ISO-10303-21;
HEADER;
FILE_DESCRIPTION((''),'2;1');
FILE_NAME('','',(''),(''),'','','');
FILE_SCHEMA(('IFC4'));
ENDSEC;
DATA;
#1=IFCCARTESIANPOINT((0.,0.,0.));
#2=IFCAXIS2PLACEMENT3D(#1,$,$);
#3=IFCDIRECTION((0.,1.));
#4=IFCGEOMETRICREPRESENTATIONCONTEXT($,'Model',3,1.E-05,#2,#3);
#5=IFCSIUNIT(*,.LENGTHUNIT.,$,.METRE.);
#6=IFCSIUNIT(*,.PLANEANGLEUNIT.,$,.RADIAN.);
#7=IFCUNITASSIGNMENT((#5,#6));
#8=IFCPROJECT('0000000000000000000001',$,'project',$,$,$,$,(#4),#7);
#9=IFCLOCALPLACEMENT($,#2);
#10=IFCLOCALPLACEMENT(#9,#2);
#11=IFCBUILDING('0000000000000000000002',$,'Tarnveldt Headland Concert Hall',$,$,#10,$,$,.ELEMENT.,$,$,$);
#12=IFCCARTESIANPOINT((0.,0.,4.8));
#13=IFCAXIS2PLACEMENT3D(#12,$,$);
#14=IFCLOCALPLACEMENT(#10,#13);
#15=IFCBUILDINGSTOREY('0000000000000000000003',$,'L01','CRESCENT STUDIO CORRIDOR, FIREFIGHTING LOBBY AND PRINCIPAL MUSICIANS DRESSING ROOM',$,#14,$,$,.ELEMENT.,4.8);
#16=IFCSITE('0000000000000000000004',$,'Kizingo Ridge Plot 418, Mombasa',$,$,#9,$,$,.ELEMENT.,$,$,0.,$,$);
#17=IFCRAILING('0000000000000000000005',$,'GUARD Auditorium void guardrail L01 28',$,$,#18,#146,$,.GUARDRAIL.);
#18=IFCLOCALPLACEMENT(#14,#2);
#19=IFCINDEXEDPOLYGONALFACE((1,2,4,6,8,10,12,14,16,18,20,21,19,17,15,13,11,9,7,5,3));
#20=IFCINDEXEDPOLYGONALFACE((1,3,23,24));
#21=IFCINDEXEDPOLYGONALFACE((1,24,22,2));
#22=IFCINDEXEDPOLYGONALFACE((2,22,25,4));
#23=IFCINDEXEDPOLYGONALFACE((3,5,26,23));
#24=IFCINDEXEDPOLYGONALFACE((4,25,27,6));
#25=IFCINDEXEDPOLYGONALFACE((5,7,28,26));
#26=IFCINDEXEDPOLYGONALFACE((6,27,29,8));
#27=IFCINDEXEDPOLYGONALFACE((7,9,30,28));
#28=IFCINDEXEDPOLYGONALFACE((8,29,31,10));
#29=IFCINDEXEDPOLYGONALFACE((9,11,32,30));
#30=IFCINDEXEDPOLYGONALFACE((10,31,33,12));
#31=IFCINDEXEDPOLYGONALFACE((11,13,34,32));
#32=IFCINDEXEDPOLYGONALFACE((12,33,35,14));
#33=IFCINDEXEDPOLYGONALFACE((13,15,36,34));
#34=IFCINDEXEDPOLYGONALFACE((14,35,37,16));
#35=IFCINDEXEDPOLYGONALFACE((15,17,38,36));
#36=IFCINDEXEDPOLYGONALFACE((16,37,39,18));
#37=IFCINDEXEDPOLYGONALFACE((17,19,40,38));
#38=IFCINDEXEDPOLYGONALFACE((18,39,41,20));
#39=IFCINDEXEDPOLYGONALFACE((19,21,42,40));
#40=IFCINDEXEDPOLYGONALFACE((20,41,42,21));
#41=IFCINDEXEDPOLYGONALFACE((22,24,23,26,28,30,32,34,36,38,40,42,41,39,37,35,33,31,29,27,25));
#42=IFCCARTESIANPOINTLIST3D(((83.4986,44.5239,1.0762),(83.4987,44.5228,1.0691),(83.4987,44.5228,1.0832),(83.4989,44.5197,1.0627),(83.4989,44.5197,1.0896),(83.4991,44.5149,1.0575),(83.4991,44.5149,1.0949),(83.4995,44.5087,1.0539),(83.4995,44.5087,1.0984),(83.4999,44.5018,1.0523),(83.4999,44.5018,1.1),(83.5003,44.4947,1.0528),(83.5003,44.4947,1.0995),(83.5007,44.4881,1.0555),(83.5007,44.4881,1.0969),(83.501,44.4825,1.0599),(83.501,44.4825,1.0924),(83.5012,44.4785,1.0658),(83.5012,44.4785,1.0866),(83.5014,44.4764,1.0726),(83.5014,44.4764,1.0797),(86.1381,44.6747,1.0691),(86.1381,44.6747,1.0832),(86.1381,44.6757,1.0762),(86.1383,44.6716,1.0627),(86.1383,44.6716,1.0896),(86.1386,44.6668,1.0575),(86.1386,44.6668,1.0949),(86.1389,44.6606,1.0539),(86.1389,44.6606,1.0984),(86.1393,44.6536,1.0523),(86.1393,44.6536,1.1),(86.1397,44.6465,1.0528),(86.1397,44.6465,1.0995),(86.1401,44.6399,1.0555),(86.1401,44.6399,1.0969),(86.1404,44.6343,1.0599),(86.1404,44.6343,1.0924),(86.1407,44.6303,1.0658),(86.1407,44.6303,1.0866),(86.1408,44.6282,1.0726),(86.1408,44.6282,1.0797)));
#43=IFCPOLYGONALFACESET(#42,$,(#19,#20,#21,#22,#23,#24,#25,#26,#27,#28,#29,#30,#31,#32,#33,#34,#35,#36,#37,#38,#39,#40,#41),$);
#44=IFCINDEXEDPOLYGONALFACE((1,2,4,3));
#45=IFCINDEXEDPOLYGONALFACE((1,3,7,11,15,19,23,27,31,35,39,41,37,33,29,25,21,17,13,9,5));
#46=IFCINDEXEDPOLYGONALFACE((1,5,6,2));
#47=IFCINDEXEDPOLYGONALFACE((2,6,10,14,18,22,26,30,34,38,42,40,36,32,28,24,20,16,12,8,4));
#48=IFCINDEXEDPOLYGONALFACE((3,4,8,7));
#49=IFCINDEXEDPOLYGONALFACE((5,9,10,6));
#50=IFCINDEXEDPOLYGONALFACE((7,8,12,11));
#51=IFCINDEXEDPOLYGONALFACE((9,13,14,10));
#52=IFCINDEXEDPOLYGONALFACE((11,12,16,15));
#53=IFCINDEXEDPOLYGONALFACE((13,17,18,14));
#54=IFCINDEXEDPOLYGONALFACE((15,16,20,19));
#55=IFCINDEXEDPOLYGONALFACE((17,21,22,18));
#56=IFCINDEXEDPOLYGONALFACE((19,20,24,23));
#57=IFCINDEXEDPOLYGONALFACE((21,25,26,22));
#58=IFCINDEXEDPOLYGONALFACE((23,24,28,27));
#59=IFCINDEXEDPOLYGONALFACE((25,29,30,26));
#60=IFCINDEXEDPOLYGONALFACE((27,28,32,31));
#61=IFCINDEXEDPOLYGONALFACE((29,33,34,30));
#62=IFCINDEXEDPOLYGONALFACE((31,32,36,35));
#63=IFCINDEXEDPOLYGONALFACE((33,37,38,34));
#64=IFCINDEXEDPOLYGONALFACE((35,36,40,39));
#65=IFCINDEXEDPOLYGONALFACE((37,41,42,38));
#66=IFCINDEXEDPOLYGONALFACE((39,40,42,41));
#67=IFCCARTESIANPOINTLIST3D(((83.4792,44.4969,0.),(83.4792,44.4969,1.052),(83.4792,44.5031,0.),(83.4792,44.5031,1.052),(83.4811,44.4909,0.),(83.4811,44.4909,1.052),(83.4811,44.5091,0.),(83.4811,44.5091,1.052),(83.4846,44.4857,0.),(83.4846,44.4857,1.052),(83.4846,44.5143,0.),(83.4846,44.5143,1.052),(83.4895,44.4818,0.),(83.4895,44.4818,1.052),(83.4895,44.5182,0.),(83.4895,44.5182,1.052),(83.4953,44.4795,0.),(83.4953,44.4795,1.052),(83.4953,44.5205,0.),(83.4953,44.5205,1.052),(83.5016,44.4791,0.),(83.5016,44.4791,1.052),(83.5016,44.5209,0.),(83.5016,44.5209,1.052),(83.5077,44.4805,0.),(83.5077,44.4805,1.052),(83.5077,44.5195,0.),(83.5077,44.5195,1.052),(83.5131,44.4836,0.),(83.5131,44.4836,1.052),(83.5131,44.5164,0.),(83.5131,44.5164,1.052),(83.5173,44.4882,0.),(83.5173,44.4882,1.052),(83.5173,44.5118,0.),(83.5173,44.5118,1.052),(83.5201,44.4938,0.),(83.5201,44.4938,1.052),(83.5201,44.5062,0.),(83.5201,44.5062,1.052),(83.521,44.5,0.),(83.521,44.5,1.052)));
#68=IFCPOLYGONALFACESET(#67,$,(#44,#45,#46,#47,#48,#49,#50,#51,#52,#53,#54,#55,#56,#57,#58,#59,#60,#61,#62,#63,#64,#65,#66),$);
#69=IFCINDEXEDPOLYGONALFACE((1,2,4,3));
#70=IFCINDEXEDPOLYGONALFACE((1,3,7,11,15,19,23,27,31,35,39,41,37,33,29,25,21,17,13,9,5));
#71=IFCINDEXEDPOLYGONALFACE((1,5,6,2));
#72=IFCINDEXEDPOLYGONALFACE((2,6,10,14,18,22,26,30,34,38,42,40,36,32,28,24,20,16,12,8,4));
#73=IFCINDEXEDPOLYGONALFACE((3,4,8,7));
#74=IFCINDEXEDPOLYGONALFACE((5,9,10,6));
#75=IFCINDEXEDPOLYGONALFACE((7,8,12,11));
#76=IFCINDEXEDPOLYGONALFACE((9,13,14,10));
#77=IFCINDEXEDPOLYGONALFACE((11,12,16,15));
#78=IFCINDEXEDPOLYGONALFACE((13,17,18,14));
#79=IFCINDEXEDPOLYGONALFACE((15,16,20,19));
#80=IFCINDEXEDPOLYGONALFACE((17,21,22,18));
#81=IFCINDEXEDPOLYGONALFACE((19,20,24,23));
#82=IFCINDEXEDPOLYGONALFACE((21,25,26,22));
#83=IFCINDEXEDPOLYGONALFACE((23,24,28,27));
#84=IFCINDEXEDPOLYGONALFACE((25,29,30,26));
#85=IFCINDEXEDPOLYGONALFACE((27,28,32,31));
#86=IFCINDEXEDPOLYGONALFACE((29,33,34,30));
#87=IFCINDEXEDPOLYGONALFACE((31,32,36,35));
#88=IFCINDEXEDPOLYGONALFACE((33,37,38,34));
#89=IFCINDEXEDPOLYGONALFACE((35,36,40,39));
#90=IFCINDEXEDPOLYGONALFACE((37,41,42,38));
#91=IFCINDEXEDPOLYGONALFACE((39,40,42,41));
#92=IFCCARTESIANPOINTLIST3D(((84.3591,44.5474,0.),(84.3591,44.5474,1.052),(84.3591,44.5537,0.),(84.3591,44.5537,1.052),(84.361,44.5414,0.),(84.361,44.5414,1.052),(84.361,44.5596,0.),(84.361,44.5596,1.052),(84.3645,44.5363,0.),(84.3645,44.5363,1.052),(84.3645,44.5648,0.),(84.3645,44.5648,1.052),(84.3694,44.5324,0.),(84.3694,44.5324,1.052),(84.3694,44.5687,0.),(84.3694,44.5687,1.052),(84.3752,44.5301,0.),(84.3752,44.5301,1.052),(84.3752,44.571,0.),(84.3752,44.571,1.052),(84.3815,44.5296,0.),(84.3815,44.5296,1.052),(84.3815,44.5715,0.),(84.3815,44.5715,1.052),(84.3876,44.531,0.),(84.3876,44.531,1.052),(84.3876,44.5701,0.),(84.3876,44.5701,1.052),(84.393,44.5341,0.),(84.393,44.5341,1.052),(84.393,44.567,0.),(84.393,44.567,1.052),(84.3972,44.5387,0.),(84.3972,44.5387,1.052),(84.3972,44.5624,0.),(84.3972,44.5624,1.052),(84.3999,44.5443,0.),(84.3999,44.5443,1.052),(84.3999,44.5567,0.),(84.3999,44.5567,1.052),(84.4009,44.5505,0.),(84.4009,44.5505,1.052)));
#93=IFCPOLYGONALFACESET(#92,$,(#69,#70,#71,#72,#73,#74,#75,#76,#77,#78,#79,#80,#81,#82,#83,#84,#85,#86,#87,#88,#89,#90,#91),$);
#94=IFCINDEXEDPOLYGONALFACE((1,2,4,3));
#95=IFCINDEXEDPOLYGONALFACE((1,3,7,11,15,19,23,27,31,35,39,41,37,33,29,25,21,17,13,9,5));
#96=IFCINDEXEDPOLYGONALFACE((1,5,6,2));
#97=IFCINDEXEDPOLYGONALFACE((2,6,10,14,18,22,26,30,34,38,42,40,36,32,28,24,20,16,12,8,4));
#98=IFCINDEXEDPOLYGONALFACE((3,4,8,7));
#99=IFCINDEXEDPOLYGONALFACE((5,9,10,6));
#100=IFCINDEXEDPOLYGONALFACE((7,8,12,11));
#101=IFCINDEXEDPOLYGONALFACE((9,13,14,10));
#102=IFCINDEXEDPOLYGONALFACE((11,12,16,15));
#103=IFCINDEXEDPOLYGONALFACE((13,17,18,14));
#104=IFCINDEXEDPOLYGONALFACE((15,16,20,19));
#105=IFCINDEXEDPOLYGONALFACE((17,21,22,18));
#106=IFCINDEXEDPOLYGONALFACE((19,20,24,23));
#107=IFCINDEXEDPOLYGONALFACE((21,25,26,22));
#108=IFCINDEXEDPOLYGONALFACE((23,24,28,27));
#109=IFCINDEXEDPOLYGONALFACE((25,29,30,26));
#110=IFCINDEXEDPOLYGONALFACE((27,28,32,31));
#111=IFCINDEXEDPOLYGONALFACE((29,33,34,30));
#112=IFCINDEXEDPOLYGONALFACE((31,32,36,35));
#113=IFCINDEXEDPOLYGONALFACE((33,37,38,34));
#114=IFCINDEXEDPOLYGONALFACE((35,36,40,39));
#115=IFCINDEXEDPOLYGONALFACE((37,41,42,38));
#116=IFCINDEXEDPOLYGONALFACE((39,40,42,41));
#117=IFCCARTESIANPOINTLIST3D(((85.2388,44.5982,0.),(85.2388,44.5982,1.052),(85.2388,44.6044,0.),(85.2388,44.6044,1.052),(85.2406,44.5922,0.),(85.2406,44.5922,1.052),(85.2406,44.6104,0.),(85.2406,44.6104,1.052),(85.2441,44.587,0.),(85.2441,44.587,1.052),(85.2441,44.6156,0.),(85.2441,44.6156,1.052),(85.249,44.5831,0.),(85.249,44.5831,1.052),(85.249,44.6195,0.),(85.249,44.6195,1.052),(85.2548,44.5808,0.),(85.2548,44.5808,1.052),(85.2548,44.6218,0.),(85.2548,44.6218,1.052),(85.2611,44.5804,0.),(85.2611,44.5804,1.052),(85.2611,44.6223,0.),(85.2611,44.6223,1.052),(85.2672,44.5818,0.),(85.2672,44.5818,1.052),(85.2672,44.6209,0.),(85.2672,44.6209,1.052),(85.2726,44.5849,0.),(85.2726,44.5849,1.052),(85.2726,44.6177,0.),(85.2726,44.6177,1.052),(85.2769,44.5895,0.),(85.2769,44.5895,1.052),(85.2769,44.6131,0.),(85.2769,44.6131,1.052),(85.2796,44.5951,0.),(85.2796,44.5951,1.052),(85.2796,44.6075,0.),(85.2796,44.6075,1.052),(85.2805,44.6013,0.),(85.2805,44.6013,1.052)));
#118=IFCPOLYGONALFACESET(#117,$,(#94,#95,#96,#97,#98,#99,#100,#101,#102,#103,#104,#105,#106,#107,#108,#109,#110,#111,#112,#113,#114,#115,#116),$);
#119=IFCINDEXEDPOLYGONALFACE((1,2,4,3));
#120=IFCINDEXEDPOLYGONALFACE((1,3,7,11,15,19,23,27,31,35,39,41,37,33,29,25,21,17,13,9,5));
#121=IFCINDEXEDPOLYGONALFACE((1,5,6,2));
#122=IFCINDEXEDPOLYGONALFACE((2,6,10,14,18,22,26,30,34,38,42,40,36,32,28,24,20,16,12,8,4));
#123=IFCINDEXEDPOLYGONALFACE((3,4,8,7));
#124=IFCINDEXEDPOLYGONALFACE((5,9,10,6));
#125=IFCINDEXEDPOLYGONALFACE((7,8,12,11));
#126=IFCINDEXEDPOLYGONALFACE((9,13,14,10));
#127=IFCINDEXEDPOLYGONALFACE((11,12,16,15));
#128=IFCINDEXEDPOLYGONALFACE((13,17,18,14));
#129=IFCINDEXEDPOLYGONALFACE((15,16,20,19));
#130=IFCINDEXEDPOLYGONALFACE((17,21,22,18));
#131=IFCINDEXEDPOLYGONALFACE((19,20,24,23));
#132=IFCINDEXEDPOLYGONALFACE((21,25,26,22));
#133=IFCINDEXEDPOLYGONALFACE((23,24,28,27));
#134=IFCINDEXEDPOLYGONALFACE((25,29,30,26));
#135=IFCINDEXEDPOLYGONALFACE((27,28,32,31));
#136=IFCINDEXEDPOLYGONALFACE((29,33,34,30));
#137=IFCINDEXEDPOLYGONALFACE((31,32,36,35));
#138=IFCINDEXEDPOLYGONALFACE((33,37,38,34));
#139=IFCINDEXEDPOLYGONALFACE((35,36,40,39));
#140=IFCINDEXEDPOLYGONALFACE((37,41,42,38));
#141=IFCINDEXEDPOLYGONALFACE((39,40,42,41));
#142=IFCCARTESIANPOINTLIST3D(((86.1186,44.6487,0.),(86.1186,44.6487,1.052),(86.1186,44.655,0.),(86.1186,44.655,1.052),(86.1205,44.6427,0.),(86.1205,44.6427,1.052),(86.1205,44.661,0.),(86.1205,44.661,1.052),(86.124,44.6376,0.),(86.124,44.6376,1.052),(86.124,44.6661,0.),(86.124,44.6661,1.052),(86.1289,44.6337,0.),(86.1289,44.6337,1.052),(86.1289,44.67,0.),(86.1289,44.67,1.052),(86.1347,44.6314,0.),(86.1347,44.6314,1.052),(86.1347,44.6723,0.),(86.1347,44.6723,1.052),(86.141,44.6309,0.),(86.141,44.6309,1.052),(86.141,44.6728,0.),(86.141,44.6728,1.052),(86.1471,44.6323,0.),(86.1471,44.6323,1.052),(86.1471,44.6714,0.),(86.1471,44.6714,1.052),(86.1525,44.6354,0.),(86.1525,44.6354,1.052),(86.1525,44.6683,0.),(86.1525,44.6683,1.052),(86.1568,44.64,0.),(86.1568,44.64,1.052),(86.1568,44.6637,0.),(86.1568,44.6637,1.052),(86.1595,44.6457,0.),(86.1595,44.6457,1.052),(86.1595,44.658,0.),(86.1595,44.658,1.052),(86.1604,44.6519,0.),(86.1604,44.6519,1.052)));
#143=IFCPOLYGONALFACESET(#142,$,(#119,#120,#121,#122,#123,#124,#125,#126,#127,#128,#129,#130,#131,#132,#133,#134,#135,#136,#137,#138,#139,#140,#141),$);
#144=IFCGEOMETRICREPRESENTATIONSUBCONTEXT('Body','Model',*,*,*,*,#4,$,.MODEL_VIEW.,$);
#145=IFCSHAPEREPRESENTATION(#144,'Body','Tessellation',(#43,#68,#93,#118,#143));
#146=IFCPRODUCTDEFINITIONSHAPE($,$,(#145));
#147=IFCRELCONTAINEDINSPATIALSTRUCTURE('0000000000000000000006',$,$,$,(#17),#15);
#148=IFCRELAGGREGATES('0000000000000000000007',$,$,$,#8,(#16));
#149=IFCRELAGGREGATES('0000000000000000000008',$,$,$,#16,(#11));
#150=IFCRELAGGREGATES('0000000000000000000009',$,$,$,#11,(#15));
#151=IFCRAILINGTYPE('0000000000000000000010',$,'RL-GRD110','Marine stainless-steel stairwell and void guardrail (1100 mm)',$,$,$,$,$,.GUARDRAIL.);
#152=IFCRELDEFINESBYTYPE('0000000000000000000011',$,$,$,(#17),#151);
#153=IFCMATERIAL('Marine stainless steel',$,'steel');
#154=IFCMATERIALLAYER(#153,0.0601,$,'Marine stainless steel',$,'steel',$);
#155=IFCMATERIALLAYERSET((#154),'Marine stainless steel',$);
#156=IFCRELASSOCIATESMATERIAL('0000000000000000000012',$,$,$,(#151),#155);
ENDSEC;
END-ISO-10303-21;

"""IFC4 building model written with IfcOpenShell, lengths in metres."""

from ifc_helpers import new_model, si_unit, direction, frame, origin, origin_2d, place, context, subcontext, project, spatial, circle, extrude, material, layer, layer_set, type_object, element, save


model = new_model("IFC4")

# Units and contexts
model_context = context("Model", 3, precision=1e-05, world=origin(), true_north=direction((0.0, 1.0)))
body_context = subcontext(model_context, "Body", "Model", "MODEL_VIEW")
ifc_project = project(units=[si_unit("LENGTHUNIT", "METRE"), si_unit("PLANEANGLEUNIT", "RADIAN")], contexts=[model_context])

# Site, building, storey
site_placement = place(None, origin())
site = spatial("IfcSite", under=ifc_project, at=site_placement, Name="Kizingo Ridge Plot 418, Mombasa", CompositionType="ELEMENT", RefElevation=0.0)
building_placement = place(site_placement, origin())
building = spatial("IfcBuilding", under=site, at=building_placement, Name="Tarnveldt Headland Concert Hall", CompositionType="ELEMENT")
storey_placement = place(building_placement, frame((0.0, 0.0, 4.8)))
storey = spatial("IfcBuildingStorey", under=building, at=storey_placement, Name="L01", Description="CRESCENT STUDIO CORRIDOR, FIREFIGHTING LOBBY AND PRINCIPAL MUSICIANS DRESSING ROOM", CompositionType="ELEMENT", Elevation=4.8)

# Railing
ifc_material_1 = material(Name="Marine stainless steel", Category="steel")
ifc_layer_1 = layer(ifc_material_1, 0.0601, Name="Marine stainless steel", Category="steel")
ifc_layer_set_1 = layer_set([ifc_layer_1], Name="Marine stainless steel")
railing_type = type_object("IfcRailingType", Name="RL-GRD110", Description="Marine stainless-steel stairwell and void guardrail (1100 mm)", PredefinedType="GUARDRAIL", material=ifc_layer_set_1)
railing_1_placement = place(storey_placement, frame((83.5, 44.5, 0.0)))
element("IfcRailing", 1, at=railing_1_placement, inside=storey, type_object=railing_type, Name="GUARD Auditorium void guardrail L01 28", PredefinedType="GUARDRAIL", context=body_context, shape_type="SweptSolid", body=[
    extrude(circle(Radius=0.0239, at=origin_2d()), frame((0.0, 0.0, 1.0762), z_axis=(0.998349, 0.057439, 0.0), x_axis=(-0.057439, 0.998349, 0.0)), (0.0, 0.0, 1.0), 2.6438),
    extrude(circle(Radius=0.021, at=origin_2d()), origin(), (0.0, 0.0, 1.0), 1.052),
    extrude(circle(Radius=0.021, at=origin_2d()), frame((0.8799, 0.0505, 0.0)), (0.0, 0.0, 1.0), 1.052),
    extrude(circle(Radius=0.021, at=origin_2d()), frame((1.7595, 0.1013, 0.0)), (0.0, 0.0, 1.0), 1.052),
    extrude(circle(Radius=0.021, at=origin_2d()), frame((2.6394, 0.1519, 0.0)), (0.0, 0.0, 1.0), 1.052),
])

save(model, "model.ifc")
